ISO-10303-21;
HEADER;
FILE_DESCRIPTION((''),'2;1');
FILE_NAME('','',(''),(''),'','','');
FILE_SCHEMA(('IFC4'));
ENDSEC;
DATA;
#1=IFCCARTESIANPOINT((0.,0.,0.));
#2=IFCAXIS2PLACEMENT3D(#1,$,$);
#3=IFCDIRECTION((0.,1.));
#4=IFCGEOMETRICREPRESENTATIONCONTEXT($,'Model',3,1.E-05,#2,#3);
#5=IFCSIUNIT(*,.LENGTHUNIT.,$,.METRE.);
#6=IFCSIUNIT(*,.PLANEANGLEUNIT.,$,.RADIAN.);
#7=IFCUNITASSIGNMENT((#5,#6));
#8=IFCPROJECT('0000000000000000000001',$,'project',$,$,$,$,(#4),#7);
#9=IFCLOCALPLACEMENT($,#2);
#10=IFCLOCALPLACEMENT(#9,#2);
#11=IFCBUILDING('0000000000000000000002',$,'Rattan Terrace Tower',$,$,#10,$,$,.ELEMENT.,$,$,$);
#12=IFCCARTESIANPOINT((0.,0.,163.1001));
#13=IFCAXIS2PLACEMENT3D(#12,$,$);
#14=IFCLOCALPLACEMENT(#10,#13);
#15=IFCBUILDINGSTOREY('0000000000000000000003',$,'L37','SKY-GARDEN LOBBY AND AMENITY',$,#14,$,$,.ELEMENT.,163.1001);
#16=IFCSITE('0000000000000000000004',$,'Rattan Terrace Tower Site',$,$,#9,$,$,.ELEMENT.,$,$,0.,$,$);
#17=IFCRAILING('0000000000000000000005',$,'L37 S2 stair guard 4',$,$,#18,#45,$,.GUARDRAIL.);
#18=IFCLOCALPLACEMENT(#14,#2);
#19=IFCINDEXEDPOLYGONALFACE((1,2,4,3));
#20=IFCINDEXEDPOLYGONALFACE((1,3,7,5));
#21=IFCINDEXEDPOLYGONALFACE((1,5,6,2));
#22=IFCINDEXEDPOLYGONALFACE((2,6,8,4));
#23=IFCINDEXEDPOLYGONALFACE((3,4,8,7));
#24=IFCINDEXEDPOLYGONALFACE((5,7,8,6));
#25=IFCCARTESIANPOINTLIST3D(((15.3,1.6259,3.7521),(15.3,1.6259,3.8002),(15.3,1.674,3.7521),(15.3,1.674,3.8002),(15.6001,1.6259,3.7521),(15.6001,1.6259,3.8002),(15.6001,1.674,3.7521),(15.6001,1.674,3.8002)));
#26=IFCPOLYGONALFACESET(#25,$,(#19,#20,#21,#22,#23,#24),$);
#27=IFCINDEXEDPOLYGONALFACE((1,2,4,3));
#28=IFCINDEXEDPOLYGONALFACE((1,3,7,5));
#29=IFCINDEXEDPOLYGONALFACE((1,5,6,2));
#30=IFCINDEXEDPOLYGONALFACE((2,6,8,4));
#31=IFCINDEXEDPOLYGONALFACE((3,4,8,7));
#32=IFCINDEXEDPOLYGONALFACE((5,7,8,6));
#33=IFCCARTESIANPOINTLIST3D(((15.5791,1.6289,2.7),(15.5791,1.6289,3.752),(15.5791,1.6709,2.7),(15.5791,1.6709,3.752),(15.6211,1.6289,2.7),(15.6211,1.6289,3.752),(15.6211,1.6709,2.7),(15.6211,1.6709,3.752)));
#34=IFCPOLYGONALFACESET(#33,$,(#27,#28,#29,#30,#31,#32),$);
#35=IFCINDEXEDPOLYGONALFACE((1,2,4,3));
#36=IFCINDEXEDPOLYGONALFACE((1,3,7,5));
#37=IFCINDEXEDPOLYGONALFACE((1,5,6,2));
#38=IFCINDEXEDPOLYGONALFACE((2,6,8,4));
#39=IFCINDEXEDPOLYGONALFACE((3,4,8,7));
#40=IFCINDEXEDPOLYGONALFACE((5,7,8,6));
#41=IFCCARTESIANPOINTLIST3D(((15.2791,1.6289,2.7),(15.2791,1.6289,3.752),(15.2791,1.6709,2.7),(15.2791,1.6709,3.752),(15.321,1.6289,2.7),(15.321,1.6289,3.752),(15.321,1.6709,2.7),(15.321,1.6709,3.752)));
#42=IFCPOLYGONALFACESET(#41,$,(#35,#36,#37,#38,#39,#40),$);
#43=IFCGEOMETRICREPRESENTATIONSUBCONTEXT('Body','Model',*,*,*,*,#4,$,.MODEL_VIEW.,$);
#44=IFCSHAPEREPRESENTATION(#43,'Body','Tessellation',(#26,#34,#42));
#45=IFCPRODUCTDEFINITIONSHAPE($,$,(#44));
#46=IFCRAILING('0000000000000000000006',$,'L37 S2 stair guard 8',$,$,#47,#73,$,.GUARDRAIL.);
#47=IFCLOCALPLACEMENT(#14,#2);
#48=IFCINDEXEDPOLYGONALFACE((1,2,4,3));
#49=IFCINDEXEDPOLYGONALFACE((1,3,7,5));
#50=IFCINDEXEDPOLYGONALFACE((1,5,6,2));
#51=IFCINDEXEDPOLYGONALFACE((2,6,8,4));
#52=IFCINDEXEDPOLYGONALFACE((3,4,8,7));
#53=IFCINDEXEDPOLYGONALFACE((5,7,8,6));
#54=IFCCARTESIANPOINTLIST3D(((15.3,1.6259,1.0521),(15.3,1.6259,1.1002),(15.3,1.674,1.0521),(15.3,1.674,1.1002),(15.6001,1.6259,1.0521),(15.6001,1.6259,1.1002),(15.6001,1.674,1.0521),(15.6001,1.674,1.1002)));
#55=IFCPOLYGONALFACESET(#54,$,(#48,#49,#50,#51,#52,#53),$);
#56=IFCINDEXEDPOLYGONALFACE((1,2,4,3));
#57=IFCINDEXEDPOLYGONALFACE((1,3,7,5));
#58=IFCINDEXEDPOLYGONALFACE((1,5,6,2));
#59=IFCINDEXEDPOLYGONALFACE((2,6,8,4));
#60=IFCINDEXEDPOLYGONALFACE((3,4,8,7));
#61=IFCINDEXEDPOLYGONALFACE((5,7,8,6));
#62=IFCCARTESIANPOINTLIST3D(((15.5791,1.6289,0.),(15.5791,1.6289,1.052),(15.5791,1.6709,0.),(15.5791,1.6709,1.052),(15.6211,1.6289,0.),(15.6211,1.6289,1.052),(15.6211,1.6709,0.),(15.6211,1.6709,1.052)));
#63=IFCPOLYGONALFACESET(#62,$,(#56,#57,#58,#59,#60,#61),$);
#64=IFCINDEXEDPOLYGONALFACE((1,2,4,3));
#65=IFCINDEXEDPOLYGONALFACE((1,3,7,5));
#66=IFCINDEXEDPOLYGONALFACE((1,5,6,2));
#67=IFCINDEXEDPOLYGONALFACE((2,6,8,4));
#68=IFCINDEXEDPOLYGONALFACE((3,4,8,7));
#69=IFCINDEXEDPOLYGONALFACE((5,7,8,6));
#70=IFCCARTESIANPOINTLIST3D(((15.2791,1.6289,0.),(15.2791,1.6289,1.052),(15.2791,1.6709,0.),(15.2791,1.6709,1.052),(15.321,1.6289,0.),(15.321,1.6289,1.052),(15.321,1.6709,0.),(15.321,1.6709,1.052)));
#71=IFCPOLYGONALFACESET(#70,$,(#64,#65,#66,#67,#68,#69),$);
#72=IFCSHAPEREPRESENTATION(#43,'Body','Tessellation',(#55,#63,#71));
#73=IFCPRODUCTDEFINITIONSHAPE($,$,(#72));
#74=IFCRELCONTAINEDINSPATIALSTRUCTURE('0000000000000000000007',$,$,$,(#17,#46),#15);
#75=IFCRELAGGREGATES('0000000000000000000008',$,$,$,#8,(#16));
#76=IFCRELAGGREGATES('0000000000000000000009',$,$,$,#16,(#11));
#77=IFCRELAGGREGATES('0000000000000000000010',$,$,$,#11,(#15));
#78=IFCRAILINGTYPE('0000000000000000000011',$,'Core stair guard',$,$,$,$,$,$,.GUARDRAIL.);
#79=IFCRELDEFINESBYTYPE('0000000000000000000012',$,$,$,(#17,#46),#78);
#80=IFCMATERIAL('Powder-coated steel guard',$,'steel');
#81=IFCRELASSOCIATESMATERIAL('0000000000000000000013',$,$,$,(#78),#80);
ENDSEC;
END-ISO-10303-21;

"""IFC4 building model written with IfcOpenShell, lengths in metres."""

from ifc_helpers import new_model, si_unit, direction, frame, origin, origin_2d, place, context, subcontext, project, spatial, rectangle, extrude, material, type_object, element, save


model = new_model("IFC4")

# Units and contexts
model_context = context("Model", 3, precision=1e-05, world=origin(), true_north=direction((0.0, 1.0)))
body_context = subcontext(model_context, "Body", "Model", "MODEL_VIEW")
ifc_project = project(units=[si_unit("LENGTHUNIT", "METRE"), si_unit("PLANEANGLEUNIT", "RADIAN")], contexts=[model_context])

# Site, building, storey
site_placement = place(None, origin())
site = spatial("IfcSite", under=ifc_project, at=site_placement, Name="Rattan Terrace Tower Site", CompositionType="ELEMENT", RefElevation=0.0)
building_placement = place(site_placement, origin())
building = spatial("IfcBuilding", under=site, at=building_placement, Name="Rattan Terrace Tower", CompositionType="ELEMENT")
storey_placement = place(building_placement, frame((0.0, 0.0, 163.1001)))
storey = spatial("IfcBuildingStorey", under=building, at=storey_placement, Name="L37", Description="SKY-GARDEN LOBBY AND AMENITY", CompositionType="ELEMENT", Elevation=163.1001)

# Railings
ifc_material_1 = material(Name="Powder-coated steel guard", Category="steel")
railing_type = type_object("IfcRailingType", Name="Core stair guard", PredefinedType="GUARDRAIL", material=ifc_material_1)
for number, where, name in (
    (1, (15.6001, 1.6499, 2.7), "L37 S2 stair guard 4"),
    (2, (15.6001, 1.6499, 0.0), "L37 S2 stair guard 8"),
):
    element("IfcRailing", number, at=place(storey_placement, frame(where)), inside=storey, type_object=railing_type, Name=name, PredefinedType="GUARDRAIL", context=body_context, shape_type="SweptSolid", body=[
        extrude(rectangle(XDim=0.0481, YDim=0.0481, at=origin_2d()), frame((0.0, 0.0, 1.0762), z_axis=(-1.0, 0.0, 0.0), x_axis=(0.0, -1.0, 0.0)), (0.0, 0.0, 1.0), 0.3),
        extrude(rectangle(XDim=0.042, YDim=0.042, at=origin_2d()), origin(), (0.0, 0.0, 1.0), 1.052),
        extrude(rectangle(XDim=0.042, YDim=0.042, at=origin_2d()), frame((-0.3, 0.0, 0.0)), (0.0, 0.0, 1.0), 1.052),
    ])

save(model, "model.ifc")
